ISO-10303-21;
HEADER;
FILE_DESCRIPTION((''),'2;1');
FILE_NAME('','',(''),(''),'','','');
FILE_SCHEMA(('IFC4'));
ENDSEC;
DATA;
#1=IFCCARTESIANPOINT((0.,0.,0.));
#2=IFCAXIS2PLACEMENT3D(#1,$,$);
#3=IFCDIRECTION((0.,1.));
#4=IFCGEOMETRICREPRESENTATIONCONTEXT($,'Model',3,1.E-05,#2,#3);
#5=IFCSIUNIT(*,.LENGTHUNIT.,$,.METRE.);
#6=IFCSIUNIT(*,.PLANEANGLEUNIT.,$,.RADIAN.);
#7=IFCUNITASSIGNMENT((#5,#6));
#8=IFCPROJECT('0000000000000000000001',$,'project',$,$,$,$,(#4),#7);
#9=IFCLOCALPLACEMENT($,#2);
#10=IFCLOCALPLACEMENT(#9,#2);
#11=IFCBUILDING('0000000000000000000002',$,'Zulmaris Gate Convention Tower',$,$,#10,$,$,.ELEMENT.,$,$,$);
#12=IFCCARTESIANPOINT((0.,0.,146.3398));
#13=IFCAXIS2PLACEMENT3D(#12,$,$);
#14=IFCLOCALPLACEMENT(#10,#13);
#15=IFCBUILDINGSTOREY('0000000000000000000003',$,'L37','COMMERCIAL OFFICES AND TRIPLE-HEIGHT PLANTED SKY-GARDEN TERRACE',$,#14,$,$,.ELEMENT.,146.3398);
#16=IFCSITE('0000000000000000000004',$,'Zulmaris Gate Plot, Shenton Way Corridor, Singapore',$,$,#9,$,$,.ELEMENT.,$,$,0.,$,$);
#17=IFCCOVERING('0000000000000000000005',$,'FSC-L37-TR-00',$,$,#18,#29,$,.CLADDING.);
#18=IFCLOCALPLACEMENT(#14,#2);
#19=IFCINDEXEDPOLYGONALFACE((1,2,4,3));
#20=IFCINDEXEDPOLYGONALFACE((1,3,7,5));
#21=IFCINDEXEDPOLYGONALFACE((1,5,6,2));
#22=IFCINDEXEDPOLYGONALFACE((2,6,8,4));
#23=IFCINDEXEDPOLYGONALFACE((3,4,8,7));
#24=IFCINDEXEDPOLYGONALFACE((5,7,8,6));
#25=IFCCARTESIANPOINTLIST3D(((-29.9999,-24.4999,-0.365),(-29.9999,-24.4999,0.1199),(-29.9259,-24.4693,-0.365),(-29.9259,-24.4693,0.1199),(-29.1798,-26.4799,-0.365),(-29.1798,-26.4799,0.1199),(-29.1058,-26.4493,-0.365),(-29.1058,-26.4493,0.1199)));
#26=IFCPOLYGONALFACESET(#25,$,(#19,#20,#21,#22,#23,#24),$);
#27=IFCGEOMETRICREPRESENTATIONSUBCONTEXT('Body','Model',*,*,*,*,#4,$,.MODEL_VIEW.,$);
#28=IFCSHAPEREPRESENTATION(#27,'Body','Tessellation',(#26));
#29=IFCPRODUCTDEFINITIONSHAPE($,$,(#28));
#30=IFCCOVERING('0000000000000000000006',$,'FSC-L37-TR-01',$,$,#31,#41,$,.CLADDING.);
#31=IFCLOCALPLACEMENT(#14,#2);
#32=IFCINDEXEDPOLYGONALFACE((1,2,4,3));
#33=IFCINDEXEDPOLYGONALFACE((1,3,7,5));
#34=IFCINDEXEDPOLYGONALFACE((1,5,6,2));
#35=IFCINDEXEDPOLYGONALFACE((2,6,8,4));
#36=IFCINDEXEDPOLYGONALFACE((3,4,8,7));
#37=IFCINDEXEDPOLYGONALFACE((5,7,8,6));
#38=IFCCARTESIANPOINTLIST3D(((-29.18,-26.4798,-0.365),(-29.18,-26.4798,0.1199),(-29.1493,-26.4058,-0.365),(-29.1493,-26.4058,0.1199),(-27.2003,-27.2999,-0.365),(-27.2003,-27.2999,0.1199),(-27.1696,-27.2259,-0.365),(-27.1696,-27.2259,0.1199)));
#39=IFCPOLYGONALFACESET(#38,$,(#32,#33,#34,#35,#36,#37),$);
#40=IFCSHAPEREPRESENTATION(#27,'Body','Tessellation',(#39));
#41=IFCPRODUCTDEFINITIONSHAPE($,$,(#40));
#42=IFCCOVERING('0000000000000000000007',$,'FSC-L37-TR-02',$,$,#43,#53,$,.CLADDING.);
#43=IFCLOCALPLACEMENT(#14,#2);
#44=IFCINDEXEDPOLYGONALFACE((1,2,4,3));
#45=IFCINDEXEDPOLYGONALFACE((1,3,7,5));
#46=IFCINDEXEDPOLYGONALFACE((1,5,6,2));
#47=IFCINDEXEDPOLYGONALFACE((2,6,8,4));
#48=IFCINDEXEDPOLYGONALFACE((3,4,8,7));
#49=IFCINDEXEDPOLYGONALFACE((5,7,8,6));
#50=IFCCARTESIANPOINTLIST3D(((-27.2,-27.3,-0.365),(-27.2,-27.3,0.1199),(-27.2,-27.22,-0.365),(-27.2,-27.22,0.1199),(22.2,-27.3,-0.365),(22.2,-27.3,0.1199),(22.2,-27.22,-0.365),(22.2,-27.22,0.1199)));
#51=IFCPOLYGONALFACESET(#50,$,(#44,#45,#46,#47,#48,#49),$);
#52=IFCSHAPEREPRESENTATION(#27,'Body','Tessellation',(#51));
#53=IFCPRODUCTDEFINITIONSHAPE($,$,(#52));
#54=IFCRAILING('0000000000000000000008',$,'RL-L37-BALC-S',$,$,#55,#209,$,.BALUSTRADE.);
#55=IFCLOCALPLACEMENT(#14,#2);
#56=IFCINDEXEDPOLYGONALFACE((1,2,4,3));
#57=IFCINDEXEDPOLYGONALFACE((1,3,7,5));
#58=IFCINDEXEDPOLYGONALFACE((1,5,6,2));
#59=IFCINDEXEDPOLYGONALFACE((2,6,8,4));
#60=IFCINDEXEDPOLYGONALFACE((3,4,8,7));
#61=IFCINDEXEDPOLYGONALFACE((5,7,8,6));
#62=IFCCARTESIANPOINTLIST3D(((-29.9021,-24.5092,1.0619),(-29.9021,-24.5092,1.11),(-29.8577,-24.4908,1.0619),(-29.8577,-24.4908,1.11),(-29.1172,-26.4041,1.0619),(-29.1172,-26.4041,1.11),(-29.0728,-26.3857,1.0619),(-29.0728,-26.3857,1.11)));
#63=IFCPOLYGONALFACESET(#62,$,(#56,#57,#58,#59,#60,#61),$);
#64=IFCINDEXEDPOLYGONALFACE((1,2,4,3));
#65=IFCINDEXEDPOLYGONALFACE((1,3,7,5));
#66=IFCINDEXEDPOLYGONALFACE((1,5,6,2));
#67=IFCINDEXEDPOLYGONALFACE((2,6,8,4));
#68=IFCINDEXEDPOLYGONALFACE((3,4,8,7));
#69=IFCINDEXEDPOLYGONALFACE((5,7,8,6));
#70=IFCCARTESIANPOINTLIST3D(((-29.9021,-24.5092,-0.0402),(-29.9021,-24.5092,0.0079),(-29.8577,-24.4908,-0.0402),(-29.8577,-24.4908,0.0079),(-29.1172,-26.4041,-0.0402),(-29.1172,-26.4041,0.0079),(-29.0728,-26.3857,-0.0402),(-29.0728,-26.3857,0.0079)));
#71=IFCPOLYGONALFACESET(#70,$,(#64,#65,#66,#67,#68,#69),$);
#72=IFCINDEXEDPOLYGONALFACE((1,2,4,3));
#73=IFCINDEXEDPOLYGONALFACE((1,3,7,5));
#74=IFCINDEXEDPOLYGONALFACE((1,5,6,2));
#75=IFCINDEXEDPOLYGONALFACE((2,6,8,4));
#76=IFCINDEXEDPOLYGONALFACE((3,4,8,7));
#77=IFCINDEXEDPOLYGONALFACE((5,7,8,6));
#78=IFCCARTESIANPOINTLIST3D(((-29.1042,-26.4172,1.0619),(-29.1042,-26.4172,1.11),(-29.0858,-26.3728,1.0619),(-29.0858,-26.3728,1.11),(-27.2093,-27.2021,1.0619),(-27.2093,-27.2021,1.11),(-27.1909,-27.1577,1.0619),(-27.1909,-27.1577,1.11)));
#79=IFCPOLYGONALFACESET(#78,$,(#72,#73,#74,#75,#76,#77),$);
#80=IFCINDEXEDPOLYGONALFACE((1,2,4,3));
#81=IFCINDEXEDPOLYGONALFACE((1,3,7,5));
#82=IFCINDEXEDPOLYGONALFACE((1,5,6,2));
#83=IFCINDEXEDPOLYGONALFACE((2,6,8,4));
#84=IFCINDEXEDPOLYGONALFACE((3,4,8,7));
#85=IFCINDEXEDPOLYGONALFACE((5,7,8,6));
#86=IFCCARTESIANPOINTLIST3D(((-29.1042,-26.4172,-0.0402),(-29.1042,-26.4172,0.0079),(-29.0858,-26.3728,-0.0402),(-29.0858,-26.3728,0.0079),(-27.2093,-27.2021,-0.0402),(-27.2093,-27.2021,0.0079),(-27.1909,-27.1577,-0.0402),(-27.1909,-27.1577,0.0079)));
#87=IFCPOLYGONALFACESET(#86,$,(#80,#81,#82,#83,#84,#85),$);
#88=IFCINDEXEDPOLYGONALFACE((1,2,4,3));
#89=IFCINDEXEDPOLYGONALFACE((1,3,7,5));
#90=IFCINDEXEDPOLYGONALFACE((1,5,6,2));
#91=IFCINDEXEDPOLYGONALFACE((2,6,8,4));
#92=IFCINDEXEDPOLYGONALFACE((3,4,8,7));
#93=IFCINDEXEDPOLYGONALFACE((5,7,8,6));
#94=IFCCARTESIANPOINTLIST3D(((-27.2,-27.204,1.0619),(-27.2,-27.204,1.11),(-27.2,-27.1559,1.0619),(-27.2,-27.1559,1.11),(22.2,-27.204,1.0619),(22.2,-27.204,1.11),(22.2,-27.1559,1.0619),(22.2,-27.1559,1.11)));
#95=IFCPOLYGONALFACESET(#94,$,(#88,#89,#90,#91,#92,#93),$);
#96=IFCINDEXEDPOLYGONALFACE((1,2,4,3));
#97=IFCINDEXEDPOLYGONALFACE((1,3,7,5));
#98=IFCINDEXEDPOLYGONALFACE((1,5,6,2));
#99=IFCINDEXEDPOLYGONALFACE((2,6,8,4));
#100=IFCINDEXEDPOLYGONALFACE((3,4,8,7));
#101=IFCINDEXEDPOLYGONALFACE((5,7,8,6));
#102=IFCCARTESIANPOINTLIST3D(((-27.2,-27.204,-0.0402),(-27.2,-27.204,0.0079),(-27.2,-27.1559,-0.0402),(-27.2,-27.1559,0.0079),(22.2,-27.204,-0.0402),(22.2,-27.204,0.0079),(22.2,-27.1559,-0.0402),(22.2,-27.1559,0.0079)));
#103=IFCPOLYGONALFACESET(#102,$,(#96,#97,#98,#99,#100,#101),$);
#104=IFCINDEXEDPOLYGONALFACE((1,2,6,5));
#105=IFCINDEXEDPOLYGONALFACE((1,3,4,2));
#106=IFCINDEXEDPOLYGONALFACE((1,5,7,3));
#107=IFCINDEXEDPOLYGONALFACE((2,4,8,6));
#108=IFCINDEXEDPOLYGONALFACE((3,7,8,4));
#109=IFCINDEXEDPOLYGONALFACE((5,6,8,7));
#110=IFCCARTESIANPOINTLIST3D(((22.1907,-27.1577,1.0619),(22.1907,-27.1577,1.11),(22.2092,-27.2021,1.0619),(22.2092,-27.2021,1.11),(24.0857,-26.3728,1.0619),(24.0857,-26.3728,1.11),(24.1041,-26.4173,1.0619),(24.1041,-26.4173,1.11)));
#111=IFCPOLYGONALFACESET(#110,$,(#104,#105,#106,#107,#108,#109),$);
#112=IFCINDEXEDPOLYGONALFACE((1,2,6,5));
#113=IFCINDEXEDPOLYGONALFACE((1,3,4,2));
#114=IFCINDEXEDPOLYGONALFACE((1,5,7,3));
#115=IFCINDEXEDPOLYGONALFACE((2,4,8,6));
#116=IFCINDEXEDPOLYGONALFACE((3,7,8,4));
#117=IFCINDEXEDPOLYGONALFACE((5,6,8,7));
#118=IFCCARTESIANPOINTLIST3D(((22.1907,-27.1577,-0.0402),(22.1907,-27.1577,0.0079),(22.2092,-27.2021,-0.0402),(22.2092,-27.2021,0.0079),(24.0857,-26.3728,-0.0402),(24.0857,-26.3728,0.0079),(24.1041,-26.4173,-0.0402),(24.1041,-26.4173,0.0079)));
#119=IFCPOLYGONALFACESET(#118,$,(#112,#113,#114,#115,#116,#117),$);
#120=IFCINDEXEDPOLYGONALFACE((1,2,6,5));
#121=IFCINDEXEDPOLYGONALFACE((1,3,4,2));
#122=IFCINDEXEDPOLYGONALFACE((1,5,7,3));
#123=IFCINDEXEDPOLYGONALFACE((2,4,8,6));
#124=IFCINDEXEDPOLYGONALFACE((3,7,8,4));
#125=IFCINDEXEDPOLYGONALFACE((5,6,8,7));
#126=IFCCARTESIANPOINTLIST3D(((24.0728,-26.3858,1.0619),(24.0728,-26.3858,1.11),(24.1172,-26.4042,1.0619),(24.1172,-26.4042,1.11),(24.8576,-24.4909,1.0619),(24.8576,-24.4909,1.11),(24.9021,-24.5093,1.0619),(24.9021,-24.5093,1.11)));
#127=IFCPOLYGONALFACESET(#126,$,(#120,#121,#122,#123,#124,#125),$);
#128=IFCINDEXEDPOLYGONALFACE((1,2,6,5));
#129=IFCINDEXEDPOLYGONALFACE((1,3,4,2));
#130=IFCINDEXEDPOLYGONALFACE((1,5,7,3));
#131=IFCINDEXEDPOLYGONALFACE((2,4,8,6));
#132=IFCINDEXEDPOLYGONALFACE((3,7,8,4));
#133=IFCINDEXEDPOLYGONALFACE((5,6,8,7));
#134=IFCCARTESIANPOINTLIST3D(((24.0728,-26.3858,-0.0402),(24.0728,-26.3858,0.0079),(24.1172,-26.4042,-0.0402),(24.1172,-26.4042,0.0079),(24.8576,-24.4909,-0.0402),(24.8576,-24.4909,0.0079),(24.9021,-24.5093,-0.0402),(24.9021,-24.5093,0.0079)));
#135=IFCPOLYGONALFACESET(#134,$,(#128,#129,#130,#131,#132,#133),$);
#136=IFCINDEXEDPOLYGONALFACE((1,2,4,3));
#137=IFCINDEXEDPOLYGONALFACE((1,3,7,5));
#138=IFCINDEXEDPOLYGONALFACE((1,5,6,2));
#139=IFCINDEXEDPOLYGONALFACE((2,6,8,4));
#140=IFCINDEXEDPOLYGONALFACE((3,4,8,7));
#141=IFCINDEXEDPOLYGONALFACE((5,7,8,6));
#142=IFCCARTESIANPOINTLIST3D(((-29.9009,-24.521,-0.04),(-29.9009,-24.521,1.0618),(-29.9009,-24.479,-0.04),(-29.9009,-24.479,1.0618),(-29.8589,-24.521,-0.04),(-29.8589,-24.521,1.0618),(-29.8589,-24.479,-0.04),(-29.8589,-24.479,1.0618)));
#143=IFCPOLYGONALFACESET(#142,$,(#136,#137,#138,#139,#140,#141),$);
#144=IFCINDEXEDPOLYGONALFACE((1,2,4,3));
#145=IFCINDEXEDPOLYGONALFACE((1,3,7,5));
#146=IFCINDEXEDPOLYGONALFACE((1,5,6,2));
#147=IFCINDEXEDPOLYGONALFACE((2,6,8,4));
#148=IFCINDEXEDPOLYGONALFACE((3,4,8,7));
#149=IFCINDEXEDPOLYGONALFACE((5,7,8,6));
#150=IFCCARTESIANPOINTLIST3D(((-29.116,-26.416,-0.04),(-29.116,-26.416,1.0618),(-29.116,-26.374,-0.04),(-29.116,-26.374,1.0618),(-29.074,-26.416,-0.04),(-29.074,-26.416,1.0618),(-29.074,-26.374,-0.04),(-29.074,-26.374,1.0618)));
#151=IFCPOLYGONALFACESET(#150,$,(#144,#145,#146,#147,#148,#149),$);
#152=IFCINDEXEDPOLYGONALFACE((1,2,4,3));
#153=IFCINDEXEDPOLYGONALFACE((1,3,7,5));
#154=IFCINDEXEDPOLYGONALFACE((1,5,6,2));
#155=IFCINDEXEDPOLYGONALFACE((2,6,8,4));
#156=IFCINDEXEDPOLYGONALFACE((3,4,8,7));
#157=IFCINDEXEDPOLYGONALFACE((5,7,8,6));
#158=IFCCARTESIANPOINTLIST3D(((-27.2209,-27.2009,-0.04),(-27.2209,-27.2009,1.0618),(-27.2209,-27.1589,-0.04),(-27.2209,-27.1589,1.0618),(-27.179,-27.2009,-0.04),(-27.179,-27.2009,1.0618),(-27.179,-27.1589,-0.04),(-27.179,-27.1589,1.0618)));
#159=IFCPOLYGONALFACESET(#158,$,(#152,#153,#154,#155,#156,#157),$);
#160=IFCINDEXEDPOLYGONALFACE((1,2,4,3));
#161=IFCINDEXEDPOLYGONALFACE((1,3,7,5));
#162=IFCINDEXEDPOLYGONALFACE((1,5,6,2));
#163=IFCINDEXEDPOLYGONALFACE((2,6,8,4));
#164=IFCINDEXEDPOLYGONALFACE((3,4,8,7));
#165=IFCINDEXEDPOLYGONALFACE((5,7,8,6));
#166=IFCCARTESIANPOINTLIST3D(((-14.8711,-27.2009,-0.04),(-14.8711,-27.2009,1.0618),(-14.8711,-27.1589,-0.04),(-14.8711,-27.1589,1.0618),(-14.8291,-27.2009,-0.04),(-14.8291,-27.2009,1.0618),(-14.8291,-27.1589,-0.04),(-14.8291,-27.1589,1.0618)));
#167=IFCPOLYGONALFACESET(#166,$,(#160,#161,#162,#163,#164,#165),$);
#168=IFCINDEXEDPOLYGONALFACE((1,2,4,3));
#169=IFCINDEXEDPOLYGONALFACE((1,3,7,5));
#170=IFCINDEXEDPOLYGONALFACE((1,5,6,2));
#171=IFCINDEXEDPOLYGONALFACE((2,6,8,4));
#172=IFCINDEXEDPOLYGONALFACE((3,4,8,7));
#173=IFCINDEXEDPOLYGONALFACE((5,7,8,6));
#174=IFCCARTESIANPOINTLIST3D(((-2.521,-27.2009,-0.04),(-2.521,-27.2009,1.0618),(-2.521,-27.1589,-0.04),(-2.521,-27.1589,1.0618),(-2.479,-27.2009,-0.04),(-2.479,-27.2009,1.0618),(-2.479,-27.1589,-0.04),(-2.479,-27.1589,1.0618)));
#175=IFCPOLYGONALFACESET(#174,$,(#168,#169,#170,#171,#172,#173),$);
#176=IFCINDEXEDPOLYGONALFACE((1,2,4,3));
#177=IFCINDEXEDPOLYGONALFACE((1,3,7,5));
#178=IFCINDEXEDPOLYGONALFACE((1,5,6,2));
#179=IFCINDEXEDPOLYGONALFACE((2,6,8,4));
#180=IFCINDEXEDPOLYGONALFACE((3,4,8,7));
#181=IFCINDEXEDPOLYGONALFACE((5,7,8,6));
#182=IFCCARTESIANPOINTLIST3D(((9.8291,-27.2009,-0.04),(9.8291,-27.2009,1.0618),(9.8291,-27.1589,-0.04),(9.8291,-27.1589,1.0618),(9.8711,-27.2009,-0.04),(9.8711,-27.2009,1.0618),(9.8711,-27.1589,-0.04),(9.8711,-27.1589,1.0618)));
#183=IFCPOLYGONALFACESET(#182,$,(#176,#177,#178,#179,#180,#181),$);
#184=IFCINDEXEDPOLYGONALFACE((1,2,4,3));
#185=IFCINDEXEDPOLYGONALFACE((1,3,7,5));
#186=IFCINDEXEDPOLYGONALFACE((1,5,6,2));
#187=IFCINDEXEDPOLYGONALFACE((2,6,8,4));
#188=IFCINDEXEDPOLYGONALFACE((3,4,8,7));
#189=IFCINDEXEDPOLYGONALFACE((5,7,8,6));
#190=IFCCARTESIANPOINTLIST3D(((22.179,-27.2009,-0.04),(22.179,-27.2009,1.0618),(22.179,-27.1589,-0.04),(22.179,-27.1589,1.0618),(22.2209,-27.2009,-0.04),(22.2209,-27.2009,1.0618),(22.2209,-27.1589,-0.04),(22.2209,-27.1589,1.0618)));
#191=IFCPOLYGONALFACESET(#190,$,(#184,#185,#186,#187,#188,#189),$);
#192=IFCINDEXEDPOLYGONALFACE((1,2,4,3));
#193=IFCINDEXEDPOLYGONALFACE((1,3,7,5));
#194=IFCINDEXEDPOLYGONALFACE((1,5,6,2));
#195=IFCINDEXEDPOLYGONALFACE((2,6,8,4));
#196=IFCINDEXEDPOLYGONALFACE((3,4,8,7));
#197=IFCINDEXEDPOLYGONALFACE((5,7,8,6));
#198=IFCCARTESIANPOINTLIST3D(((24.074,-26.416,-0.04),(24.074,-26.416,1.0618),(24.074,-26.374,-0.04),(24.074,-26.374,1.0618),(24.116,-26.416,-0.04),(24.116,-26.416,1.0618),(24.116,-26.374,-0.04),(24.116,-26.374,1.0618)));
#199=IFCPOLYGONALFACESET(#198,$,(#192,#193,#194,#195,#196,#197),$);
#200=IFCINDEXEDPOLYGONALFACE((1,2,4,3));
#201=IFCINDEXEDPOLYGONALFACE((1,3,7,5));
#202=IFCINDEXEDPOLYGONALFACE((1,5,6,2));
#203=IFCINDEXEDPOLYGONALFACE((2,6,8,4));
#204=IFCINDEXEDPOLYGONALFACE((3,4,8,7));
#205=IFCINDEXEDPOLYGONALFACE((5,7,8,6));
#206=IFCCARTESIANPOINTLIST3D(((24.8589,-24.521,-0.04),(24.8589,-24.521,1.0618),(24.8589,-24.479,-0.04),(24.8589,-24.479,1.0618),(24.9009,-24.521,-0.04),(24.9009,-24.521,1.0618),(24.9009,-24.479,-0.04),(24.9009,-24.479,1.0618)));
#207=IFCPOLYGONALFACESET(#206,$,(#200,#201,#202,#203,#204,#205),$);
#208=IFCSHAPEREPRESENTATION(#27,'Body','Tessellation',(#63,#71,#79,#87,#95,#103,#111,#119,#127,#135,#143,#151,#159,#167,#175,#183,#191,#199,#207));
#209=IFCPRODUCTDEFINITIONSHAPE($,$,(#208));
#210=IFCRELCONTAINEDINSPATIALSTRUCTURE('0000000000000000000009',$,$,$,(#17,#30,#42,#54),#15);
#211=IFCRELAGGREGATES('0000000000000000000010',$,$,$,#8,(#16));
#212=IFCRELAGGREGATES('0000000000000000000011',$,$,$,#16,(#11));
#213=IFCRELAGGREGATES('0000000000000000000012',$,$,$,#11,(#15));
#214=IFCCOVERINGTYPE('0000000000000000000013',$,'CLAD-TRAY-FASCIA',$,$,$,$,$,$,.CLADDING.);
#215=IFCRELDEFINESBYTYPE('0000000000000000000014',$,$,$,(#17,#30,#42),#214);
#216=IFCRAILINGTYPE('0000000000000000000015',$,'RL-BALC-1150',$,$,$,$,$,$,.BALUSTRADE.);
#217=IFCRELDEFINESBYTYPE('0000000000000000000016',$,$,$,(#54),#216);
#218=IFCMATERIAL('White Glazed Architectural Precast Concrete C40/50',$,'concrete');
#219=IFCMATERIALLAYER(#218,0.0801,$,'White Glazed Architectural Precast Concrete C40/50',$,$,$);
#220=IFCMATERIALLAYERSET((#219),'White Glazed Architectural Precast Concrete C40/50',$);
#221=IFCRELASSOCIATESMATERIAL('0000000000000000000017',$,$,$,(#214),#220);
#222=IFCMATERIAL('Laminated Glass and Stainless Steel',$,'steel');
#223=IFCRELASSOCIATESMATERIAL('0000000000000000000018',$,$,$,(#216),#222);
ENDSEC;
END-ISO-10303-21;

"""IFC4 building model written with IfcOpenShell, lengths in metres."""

from ifc_helpers import new_model, si_unit, direction, frame, frame_2d, origin, origin_2d, place, context, subcontext, project, spatial, rectangle, extrude, material, layer, layer_set, type_object, element, save


model = new_model("IFC4")

# Units and contexts
model_context = context("Model", 3, precision=1e-05, world=origin(), true_north=direction((0.0, 1.0)))
body_context = subcontext(model_context, "Body", "Model", "MODEL_VIEW")
ifc_project = project(units=[si_unit("LENGTHUNIT", "METRE"), si_unit("PLANEANGLEUNIT", "RADIAN")], contexts=[model_context])

# Site, building, storey
site_placement = place(None, origin())
site = spatial("IfcSite", under=ifc_project, at=site_placement, Name="Zulmaris Gate Plot, Shenton Way Corridor, Singapore", CompositionType="ELEMENT", RefElevation=0.0)
building_placement = place(site_placement, origin())
building = spatial("IfcBuilding", under=site, at=building_placement, Name="Zulmaris Gate Convention Tower", CompositionType="ELEMENT")
storey_placement = place(building_placement, frame((0.0, 0.0, 146.3398)))
storey = spatial("IfcBuildingStorey", under=building, at=storey_placement, Name="L37", Description="COMMERCIAL OFFICES AND TRIPLE-HEIGHT PLANTED SKY-GARDEN TERRACE", CompositionType="ELEMENT", Elevation=146.3398)

# Coverings
ifc_material_1 = material(Name="White Glazed Architectural Precast Concrete C40/50", Category="concrete")
ifc_layer_1 = layer(ifc_material_1, 0.0801, Name="White Glazed Architectural Precast Concrete C40/50")
ifc_layer_set_1 = layer_set([ifc_layer_1], Name="White Glazed Architectural Precast Concrete C40/50")
covering_type_1 = type_object("IfcCoveringType", Name="CLAD-TRAY-FASCIA", PredefinedType="CLADDING", material=ifc_layer_set_1)
covering_1_placement = place(storey_placement, frame((-29.9629, -24.4846, -0.365), z_axis=(0.0, 0.0, 1.0), x_axis=(0.382657, -0.92389, 0.0)))
element("IfcCovering", 1, at=covering_1_placement, inside=storey, type_object=covering_type_1, Name="FSC-L37-TR-00", PredefinedType="CLADDING", context=body_context, shape_type="SweptSolid", body=[
    extrude(rectangle(XDim=2.1431, YDim=0.0801, at=frame_2d((1.0715, 0.0))), origin(), (0.0, 0.0, 1.0), 0.4849),
])
covering_2_placement = place(storey_placement, frame((-29.1646, -26.4429, -0.365), z_axis=(0.0, 0.0, 1.0), x_axis=(0.923874, -0.382697, 0.0)))
element("IfcCovering", 2, at=covering_2_placement, inside=storey, type_object=covering_type_1, Name="FSC-L37-TR-01", PredefinedType="CLADDING", context=body_context, shape_type="SweptSolid", body=[
    extrude(rectangle(XDim=2.1428, YDim=0.0801, at=frame_2d((1.0713, 0.0))), origin(), (0.0, 0.0, 1.0), 0.4849),
])
covering_3_placement = place(storey_placement, frame((-27.2, -27.26, -0.365), z_axis=(0.0, 0.0, 1.0), x_axis=(1.0, 0.0, 0.0)))
element("IfcCovering", 3, at=covering_3_placement, inside=storey, type_object=covering_type_1, Name="FSC-L37-TR-02", PredefinedType="CLADDING", context=body_context, shape_type="SweptSolid", body=[
    extrude(rectangle(XDim=49.3999, YDim=0.0801, at=frame_2d((24.7, 0.0))), origin(), (0.0, 0.0, 1.0), 0.4849),
])

# Railing
ifc_material_2 = material(Name="Laminated Glass and Stainless Steel", Category="steel")
railing_type = type_object("IfcRailingType", Name="RL-BALC-1150", PredefinedType="BALUSTRADE", material=ifc_material_2)
railing_placement = place(storey_placement, frame((-29.8799, -24.5, -0.04)))
element("IfcRailing", 4, at=railing_placement, inside=storey, type_object=railing_type, Name="RL-L37-BALC-S", PredefinedType="BALUSTRADE", context=body_context, shape_type="SweptSolid", body=[
    extrude(rectangle(XDim=0.0481, YDim=0.0481, at=origin_2d()), frame((0.0, 0.0, 1.126), z_axis=(0.382671, -0.923885, 0.0), x_axis=(0.923885, 0.382671, 0.0)), (0.0, 0.0, 1.0), 2.051),
    extrude(rectangle(XDim=0.0481, YDim=0.0481, at=origin_2d()), frame((0.0, 0.0, 0.0239), z_axis=(0.382671, -0.923885, 0.0), x_axis=(0.923885, 0.382671, 0.0)), (0.0, 0.0, 1.0), 2.051),
    extrude(rectangle(XDim=0.0481, YDim=0.0481, at=origin_2d()), frame((0.7849, -1.895, 1.126), z_axis=(0.923885, -0.382671, 0.0), x_axis=(0.382671, 0.923885, 0.0)), (0.0, 0.0, 1.0), 2.051),
    extrude(rectangle(XDim=0.0481, YDim=0.0481, at=origin_2d()), frame((0.7849, -1.895, 0.0239), z_axis=(0.923885, -0.382671, 0.0), x_axis=(0.382671, 0.923885, 0.0)), (0.0, 0.0, 1.0), 2.051),
    extrude(rectangle(XDim=0.0481, YDim=0.0481, at=origin_2d()), frame((2.6799, -2.6799, 1.126), z_axis=(1.0, 0.0, 0.0), x_axis=(0.0, 1.0, 0.0)), (0.0, 0.0, 1.0), 49.3999),
    extrude(rectangle(XDim=0.0481, YDim=0.0481, at=origin_2d()), frame((2.6799, -2.6799, 0.0239), z_axis=(1.0, 0.0, 0.0), x_axis=(0.0, 1.0, 0.0)), (0.0, 0.0, 1.0), 49.3999),
    extrude(rectangle(XDim=0.0481, YDim=0.0481, at=origin_2d()), frame((52.0798, -2.6799, 1.126), z_axis=(0.923885, 0.382671, 0.0), x_axis=(-0.382671, 0.923885, 0.0)), (0.0, 0.0, 1.0), 2.051),
    extrude(rectangle(XDim=0.0481, YDim=0.0481, at=origin_2d()), frame((52.0798, -2.6799, 0.0239), z_axis=(0.923885, 0.382671, 0.0), x_axis=(-0.382671, 0.923885, 0.0)), (0.0, 0.0, 1.0), 2.051),
    extrude(rectangle(XDim=0.0481, YDim=0.0481, at=origin_2d()), frame((53.9749, -1.895, 1.126), z_axis=(0.382671, 0.923885, 0.0), x_axis=(-0.923885, 0.382671, 0.0)), (0.0, 0.0, 1.0), 2.051),
    extrude(rectangle(XDim=0.0481, YDim=0.0481, at=origin_2d()), frame((53.9749, -1.895, 0.0239), z_axis=(0.382671, 0.923885, 0.0), x_axis=(-0.923885, 0.382671, 0.0)), (0.0, 0.0, 1.0), 2.051),
    extrude(rectangle(XDim=0.042, YDim=0.042, at=origin_2d()), origin(), (0.0, 0.0, 1.0), 1.1018),
    extrude(rectangle(XDim=0.042, YDim=0.042, at=origin_2d()), frame((0.7849, -1.895, 0.0)), (0.0, 0.0, 1.0), 1.1018),
    extrude(rectangle(XDim=0.042, YDim=0.042, at=origin_2d()), frame((2.6799, -2.6799, 0.0)), (0.0, 0.0, 1.0), 1.1018),
    extrude(rectangle(XDim=0.042, YDim=0.042, at=origin_2d()), frame((15.0298, -2.6799, 0.0)), (0.0, 0.0, 1.0), 1.1018),
    extrude(rectangle(XDim=0.042, YDim=0.042, at=origin_2d()), frame((27.3799, -2.6799, 0.0)), (0.0, 0.0, 1.0), 1.1018),
    extrude(rectangle(XDim=0.042, YDim=0.042, at=origin_2d()), frame((39.73, -2.6799, 0.0)), (0.0, 0.0, 1.0), 1.1018),
    extrude(rectangle(XDim=0.042, YDim=0.042, at=origin_2d()), frame((52.0798, -2.6799, 0.0)), (0.0, 0.0, 1.0), 1.1018),
    extrude(rectangle(XDim=0.042, YDim=0.042, at=origin_2d()), frame((53.9749, -1.895, 0.0)), (0.0, 0.0, 1.0), 1.1018),
    extrude(rectangle(XDim=0.042, YDim=0.042, at=origin_2d()), frame((54.7598, 0.0, 0.0)), (0.0, 0.0, 1.0), 1.1018),
])

save(model, "model.ifc")
